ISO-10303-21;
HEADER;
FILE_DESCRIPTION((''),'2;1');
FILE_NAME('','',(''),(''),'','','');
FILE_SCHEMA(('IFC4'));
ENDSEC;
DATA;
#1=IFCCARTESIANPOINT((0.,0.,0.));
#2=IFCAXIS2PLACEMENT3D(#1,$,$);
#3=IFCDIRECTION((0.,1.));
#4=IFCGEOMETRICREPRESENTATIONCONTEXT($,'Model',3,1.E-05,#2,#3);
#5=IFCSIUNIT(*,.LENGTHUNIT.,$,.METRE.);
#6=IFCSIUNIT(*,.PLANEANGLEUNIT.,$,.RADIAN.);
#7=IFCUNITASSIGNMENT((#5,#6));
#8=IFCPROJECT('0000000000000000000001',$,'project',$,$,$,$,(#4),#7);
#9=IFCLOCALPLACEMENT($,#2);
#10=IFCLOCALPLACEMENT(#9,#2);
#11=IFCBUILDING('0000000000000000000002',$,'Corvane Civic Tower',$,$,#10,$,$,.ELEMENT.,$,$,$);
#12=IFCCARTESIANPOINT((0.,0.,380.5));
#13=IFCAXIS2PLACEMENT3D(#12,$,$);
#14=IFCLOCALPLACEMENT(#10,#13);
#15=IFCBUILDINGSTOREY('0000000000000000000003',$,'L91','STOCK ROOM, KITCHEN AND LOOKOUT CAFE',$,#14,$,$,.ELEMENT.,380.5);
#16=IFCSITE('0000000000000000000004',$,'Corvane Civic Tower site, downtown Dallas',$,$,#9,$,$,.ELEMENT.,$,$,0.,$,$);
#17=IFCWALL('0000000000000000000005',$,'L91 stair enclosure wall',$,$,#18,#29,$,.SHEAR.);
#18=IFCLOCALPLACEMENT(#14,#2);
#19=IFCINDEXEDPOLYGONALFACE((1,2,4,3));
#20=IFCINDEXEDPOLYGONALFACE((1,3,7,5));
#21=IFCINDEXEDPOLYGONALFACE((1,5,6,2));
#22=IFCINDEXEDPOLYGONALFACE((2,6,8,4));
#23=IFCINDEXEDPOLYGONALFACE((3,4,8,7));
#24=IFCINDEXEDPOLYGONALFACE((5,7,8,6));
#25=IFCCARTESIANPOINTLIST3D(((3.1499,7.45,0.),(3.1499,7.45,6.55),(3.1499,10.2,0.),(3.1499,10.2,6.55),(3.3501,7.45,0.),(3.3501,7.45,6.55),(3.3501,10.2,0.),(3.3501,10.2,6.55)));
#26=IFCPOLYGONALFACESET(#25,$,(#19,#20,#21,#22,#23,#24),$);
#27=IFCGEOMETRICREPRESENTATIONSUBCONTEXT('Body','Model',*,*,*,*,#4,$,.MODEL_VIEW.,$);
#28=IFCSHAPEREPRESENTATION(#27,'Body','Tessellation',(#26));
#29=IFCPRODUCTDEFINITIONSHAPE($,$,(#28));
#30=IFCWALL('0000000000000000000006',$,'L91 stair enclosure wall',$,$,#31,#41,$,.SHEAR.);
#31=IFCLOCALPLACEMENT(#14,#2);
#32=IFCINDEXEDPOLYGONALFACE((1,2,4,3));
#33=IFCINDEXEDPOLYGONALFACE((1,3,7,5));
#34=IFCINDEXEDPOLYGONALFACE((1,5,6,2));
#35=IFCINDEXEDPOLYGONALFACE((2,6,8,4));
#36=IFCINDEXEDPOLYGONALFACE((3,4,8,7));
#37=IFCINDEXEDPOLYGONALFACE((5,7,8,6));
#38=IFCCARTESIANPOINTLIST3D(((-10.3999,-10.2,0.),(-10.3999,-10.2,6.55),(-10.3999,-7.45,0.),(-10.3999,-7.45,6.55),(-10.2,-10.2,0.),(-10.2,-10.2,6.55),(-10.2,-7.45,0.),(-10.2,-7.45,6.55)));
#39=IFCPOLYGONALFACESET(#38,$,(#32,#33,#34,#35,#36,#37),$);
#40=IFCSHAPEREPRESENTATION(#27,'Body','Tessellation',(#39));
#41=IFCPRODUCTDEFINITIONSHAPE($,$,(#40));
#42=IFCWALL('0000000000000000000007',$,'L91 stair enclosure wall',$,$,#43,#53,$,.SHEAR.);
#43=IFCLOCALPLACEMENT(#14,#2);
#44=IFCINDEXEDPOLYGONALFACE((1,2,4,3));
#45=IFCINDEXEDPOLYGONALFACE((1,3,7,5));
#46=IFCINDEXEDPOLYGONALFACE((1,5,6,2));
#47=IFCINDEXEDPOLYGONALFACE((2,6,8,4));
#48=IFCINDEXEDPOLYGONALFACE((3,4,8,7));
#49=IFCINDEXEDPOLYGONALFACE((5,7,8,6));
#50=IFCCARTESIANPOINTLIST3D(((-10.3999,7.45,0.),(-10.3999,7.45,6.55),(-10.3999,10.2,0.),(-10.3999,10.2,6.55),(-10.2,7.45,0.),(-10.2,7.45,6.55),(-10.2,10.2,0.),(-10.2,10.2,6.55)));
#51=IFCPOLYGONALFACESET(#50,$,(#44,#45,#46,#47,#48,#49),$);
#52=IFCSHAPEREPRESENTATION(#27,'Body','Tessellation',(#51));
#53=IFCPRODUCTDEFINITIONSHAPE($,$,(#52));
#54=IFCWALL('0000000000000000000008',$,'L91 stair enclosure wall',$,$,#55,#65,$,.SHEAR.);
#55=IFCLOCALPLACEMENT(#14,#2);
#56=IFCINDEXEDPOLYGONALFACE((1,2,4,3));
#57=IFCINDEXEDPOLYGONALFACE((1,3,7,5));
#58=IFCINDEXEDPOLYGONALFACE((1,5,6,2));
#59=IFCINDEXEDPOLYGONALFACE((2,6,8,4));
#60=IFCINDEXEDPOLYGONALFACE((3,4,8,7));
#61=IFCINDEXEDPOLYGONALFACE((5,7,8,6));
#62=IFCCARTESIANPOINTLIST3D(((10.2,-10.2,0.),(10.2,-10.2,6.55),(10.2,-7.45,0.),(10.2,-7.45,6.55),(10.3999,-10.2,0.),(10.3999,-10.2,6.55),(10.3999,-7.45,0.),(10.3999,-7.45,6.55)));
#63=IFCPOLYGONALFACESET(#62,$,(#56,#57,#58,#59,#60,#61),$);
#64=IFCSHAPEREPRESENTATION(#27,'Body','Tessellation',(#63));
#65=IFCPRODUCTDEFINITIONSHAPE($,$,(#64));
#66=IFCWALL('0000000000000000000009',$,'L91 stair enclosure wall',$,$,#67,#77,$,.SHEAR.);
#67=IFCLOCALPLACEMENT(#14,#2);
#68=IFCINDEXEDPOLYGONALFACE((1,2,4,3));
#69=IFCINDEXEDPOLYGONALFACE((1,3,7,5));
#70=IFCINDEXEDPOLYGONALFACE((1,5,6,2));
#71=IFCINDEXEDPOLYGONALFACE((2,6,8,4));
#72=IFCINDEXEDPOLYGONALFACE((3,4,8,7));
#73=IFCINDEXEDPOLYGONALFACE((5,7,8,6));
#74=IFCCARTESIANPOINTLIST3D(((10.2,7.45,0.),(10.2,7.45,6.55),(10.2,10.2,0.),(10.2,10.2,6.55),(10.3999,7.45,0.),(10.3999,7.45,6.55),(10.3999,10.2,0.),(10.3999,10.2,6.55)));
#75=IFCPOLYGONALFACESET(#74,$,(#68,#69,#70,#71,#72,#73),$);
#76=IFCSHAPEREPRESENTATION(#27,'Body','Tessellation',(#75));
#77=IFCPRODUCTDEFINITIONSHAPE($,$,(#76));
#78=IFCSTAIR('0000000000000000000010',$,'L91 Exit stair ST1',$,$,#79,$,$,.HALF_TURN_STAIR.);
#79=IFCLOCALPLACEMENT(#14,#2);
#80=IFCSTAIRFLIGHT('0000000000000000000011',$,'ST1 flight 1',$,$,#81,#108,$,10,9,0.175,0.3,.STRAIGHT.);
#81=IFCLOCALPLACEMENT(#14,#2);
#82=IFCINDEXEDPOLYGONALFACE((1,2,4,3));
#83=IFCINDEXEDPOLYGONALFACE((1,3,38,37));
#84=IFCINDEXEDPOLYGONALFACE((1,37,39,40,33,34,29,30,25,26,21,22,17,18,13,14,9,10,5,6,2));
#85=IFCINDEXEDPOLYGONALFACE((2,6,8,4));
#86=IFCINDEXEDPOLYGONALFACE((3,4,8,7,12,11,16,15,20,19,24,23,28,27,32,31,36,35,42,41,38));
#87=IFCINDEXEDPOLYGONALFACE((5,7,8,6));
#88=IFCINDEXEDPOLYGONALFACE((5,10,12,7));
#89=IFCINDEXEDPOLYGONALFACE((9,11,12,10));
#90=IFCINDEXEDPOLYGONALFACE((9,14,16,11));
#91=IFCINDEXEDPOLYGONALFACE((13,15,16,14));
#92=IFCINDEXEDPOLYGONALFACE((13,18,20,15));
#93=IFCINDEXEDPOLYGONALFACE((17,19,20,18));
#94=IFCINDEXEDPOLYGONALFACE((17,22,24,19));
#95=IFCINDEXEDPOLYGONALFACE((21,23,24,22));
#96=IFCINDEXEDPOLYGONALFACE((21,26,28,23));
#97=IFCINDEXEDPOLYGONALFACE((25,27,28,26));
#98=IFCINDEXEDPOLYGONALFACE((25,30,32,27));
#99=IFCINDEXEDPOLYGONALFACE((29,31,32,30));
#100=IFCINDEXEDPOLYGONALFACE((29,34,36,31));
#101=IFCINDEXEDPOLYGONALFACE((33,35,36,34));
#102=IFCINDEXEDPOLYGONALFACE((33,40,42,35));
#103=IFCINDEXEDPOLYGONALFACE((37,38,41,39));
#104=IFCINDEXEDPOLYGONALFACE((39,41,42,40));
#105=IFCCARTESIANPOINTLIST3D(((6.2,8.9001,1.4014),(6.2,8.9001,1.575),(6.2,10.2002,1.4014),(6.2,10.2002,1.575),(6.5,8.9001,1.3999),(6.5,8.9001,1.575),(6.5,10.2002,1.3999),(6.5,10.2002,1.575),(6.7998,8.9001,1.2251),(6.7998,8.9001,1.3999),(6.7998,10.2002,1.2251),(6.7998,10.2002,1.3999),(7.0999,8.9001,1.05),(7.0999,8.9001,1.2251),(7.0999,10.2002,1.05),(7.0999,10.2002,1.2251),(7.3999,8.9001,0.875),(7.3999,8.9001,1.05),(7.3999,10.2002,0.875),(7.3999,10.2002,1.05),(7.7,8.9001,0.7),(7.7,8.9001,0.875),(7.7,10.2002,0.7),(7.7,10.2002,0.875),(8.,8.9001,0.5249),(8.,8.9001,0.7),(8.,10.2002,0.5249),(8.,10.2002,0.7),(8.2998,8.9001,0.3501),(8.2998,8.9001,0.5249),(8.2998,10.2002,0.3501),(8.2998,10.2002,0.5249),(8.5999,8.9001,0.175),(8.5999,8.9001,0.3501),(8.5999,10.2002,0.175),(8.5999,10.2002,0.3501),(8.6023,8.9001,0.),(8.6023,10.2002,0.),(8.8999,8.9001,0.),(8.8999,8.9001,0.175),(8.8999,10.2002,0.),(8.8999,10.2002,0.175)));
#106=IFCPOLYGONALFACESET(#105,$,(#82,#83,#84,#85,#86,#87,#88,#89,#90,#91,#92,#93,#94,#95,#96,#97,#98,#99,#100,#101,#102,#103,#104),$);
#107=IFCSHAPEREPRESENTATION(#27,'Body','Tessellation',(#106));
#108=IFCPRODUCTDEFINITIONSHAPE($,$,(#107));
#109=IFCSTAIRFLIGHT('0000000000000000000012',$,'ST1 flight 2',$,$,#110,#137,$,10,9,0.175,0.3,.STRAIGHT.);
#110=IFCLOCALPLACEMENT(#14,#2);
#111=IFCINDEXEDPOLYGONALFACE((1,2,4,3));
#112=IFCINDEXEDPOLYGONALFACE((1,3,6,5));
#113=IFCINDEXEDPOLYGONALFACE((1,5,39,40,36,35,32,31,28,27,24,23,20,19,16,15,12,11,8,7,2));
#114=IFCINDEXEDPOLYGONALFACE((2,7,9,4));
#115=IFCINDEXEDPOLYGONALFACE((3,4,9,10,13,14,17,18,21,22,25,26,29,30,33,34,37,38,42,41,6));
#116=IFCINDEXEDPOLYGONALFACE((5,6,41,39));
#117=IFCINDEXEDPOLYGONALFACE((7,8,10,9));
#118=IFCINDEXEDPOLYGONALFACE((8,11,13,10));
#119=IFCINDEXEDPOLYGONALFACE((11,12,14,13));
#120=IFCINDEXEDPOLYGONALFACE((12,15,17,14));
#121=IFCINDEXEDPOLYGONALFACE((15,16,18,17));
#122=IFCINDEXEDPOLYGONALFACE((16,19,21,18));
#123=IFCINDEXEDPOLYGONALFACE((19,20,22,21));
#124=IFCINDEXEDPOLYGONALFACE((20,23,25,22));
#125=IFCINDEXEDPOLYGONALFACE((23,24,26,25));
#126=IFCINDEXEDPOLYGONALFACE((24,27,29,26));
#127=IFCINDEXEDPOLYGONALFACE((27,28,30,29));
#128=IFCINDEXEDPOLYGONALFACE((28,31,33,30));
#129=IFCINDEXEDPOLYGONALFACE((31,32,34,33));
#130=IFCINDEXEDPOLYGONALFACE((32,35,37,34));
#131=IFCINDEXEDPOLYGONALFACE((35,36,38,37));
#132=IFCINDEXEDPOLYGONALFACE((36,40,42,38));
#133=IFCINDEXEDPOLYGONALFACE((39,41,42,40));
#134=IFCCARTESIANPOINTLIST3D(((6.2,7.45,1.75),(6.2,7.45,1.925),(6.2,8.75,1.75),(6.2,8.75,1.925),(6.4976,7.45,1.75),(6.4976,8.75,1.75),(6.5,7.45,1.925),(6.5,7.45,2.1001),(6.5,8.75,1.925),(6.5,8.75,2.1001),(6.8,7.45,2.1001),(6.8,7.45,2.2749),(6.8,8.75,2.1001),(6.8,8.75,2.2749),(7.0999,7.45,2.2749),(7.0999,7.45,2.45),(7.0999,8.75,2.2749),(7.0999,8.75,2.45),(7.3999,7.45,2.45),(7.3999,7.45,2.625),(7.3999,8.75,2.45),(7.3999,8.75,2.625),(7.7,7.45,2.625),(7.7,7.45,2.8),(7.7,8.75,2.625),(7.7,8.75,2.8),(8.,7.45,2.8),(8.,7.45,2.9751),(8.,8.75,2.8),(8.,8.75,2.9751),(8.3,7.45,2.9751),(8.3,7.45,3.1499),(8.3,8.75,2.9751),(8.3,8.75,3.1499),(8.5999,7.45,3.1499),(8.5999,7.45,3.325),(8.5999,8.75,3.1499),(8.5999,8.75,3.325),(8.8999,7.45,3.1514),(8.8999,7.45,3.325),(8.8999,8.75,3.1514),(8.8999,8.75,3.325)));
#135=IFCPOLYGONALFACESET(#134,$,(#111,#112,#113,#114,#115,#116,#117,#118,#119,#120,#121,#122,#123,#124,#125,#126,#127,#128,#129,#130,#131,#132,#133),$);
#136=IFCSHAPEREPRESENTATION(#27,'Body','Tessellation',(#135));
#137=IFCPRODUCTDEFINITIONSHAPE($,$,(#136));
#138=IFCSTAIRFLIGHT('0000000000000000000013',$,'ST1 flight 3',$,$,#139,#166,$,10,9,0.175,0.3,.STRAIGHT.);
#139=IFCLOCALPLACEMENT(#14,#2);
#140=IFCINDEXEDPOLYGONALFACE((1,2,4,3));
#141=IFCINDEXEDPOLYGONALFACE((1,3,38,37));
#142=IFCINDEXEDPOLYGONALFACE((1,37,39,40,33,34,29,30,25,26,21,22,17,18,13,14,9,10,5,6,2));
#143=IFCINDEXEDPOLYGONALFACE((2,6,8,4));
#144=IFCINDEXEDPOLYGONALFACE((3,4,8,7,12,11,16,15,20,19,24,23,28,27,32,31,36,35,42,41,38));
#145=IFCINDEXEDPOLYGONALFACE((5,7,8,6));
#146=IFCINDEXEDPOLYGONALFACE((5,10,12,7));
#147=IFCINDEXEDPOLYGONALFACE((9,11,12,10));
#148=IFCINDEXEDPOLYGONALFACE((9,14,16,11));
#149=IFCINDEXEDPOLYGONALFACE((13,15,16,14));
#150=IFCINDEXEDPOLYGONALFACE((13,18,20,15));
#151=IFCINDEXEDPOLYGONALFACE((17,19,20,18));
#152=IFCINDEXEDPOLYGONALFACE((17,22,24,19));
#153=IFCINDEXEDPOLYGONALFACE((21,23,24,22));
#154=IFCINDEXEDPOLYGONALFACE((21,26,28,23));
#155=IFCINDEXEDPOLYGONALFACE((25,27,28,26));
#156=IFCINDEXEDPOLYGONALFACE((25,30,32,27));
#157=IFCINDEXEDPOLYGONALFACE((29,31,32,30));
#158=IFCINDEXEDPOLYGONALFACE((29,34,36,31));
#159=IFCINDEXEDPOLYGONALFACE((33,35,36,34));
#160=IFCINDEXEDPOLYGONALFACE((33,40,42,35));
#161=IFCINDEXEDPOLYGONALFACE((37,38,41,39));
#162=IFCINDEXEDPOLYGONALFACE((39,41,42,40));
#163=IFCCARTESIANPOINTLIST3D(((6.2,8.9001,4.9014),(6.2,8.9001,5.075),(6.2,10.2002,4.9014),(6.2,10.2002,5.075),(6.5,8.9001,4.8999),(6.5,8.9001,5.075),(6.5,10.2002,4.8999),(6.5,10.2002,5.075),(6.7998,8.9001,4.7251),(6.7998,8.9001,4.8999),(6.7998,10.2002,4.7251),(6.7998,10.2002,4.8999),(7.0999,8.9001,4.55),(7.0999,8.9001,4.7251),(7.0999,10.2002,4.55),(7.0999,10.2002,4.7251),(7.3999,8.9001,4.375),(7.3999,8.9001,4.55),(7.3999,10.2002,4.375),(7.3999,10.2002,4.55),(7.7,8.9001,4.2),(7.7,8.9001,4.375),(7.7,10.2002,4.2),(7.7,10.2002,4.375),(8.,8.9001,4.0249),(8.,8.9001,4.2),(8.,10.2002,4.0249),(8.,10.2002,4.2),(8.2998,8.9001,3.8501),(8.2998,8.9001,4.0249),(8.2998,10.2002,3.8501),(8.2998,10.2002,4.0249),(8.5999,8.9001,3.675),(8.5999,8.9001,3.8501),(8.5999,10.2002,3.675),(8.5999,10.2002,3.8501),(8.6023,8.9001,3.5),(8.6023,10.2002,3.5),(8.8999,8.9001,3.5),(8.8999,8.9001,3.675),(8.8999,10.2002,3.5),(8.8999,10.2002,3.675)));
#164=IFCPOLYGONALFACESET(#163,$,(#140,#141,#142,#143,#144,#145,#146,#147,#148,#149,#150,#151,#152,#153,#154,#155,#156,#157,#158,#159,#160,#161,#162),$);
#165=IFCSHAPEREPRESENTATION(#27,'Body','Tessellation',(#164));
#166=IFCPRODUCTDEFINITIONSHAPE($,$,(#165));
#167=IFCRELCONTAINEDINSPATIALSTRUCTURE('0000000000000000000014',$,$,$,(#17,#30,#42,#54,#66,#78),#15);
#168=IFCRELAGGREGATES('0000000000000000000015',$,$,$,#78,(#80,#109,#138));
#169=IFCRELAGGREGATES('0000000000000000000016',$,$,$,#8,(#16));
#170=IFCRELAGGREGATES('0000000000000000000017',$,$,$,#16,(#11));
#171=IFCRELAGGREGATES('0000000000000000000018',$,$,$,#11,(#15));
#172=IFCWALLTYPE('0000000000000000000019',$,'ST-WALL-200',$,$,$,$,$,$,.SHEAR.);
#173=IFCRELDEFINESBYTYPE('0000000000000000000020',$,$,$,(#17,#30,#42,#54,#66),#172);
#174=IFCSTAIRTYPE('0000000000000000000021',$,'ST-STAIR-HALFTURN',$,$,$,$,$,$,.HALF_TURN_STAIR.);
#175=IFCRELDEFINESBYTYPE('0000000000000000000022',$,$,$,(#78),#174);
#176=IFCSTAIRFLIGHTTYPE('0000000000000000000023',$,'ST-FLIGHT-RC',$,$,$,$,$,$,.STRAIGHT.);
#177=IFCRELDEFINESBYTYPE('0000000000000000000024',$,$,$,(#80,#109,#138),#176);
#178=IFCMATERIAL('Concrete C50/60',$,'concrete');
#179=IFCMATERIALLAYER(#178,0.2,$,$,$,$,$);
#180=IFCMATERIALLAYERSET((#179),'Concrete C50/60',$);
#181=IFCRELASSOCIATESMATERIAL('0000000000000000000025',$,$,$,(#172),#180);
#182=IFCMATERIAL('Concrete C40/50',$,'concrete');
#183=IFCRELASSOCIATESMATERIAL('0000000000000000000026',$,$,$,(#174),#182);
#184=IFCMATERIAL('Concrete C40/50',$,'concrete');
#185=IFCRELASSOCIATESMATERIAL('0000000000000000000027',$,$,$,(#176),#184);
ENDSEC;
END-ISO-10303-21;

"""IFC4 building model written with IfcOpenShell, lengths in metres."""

from ifc_helpers import new_model, si_unit, direction, frame, origin, place, context, subcontext, project, spatial, polyline, outline, extrude, material, layer, layer_set, type_object, element, aggregate, save


model = new_model("IFC4")

# Units and contexts
model_context = context("Model", 3, precision=1e-05, world=origin(), true_north=direction((0.0, 1.0)))
body_context = subcontext(model_context, "Body", "Model", "MODEL_VIEW")
ifc_project = project(units=[si_unit("LENGTHUNIT", "METRE"), si_unit("PLANEANGLEUNIT", "RADIAN")], contexts=[model_context])

# Site, building, storey
site_placement = place(None, origin())
site = spatial("IfcSite", under=ifc_project, at=site_placement, Name="Corvane Civic Tower site, downtown Dallas", CompositionType="ELEMENT", RefElevation=0.0)
building_placement = place(site_placement, origin())
building = spatial("IfcBuilding", under=site, at=building_placement, Name="Corvane Civic Tower", CompositionType="ELEMENT")
storey_placement = place(building_placement, frame((0.0, 0.0, 380.5)))
storey = spatial("IfcBuildingStorey", under=building, at=storey_placement, Name="L91", Description="STOCK ROOM, KITCHEN AND LOOKOUT CAFE", CompositionType="ELEMENT", Elevation=380.5)

# Shared definitions
ifc_material_1 = material(Name="Concrete C50/60", Category="concrete")
ifc_layer_1 = layer(ifc_material_1, 0.2)
ifc_layer_set_1 = layer_set([ifc_layer_1], Name="Concrete C50/60")
wall_type_1 = type_object("IfcWallType", Name="ST-WALL-200", PredefinedType="SHEAR", material=ifc_layer_set_1)

# Walls
wall_1_placement = place(storey_placement, origin())
element("IfcWall", 1, at=wall_1_placement, inside=storey, type_object=wall_type_1, Name="L91 stair enclosure wall", PredefinedType="SHEAR", context=body_context, shape_type="SweptSolid", body=[
    extrude(outline(polyline([(3.3501, 7.45), (3.1499, 7.45), (3.1499, 10.2), (3.3501, 10.2), (3.3501, 7.45)])), origin(), (0.0, 0.0, 1.0), 6.55),
])
wall_2_placement = place(storey_placement, origin())
element("IfcWall", 2, at=wall_2_placement, inside=storey, type_object=wall_type_1, Name="L91 stair enclosure wall", PredefinedType="SHEAR", context=body_context, shape_type="SweptSolid", body=[
    extrude(outline(polyline([(-10.2, -7.45), (-10.2, -10.2), (-10.3999, -10.2), (-10.3999, -7.45), (-10.2, -7.45)])), origin(), (0.0, 0.0, 1.0), 6.55),
])
wall_3_placement = place(storey_placement, origin())
element("IfcWall", 3, at=wall_3_placement, inside=storey, type_object=wall_type_1, Name="L91 stair enclosure wall", PredefinedType="SHEAR", context=body_context, shape_type="SweptSolid", body=[
    extrude(outline(polyline([(-10.2, 7.45), (-10.3999, 7.45), (-10.3999, 10.2), (-10.2, 10.2), (-10.2, 7.45)])), origin(), (0.0, 0.0, 1.0), 6.55),
])
wall_4_placement = place(storey_placement, origin())
element("IfcWall", 4, at=wall_4_placement, inside=storey, type_object=wall_type_1, Name="L91 stair enclosure wall", PredefinedType="SHEAR", context=body_context, shape_type="SweptSolid", body=[
    extrude(outline(polyline([(10.3999, -7.45), (10.3999, -10.2), (10.2, -10.2), (10.2, -7.45), (10.3999, -7.45)])), origin(), (0.0, 0.0, 1.0), 6.55),
])
wall_5_placement = place(storey_placement, origin())
element("IfcWall", 5, at=wall_5_placement, inside=storey, type_object=wall_type_1, Name="L91 stair enclosure wall", PredefinedType="SHEAR", context=body_context, shape_type="SweptSolid", body=[
    extrude(outline(polyline([(10.3999, 7.45), (10.2, 7.45), (10.2, 10.2), (10.3999, 10.2), (10.3999, 7.45)])), origin(), (0.0, 0.0, 1.0), 6.55),
])

# Stair, stair flights
ifc_material_2 = material(Name="Concrete C40/50", Category="concrete")
stair_type = type_object("IfcStairType", Name="ST-STAIR-HALFTURN", PredefinedType="HALF_TURN_STAIR", material=ifc_material_2)
stair_placement = place(storey_placement, origin())
stair = element("IfcStair", 6, at=stair_placement, inside=storey, type_object=stair_type, Name="L91 Exit stair ST1", PredefinedType="HALF_TURN_STAIR")
ifc_material_3 = material(Name="Concrete C40/50", Category="concrete")
stair_flight_type = type_object("IfcStairFlightType", Name="ST-FLIGHT-RC", PredefinedType="STRAIGHT", material=ifc_material_3)
stair_flight_1_placement = place(storey_placement, frame((8.8999, 9.55, 0.0), z_axis=(0.0, 0.0, 1.0), x_axis=(-1.0, 0.0, 0.0)))
stair_flight_1 = element("IfcStairFlight", 7, at=stair_flight_1_placement, type_object=stair_flight_type, Name="ST1 flight 1", NumberOfRisers=10, NumberOfTreads=9, PredefinedType="STRAIGHT", RiserHeight=0.175, TreadLength=0.3, context=body_context, shape_type="SweptSolid", body=[
    extrude(outline(polyline([(0.0, 0.0), (0.0, 0.175), (0.3, 0.175), (0.3, 0.3501), (0.6001, 0.3501), (0.6001, 0.5249), (0.8999, 0.5249), (0.8999, 0.7), (1.2, 0.7), (1.2, 0.875), (1.5, 0.875), (1.5, 1.05), (1.8, 1.05), (1.8, 1.2251), (2.1001, 1.2251), (2.1001, 1.3999), (2.3999, 1.3999), (2.3999, 1.575), (2.7, 1.575), (2.7, 1.75), (2.7, 1.4014), (0.2976, 0.0), (0.0, 0.0)])), frame((0.0, 0.6499, 0.0), z_axis=(0.0, -1.0, 0.0), x_axis=(1.0, 0.0, 0.0)), (0.0, 0.0, 1.0), 1.3),
])
stair_flight_2_placement = place(storey_placement, frame((6.2, 8.1001, 1.75), z_axis=(0.0, 0.0, 1.0), x_axis=(1.0, 0.0, 0.0)))
stair_flight_2 = element("IfcStairFlight", 8, at=stair_flight_2_placement, type_object=stair_flight_type, Name="ST1 flight 2", NumberOfRisers=10, NumberOfTreads=9, PredefinedType="STRAIGHT", RiserHeight=0.175, TreadLength=0.3, context=body_context, shape_type="SweptSolid", body=[
    extrude(outline(polyline([(0.0, 0.0), (0.0, 0.175), (0.3, 0.175), (0.3, 0.3501), (0.6001, 0.3501), (0.6001, 0.5249), (0.8999, 0.5249), (0.8999, 0.7), (1.2, 0.7), (1.2, 0.875), (1.5, 0.875), (1.5, 1.05), (1.8, 1.05), (1.8, 1.2251), (2.1001, 1.2251), (2.1001, 1.3999), (2.3999, 1.3999), (2.3999, 1.575), (2.7, 1.575), (2.7, 1.75), (2.7, 1.4014), (0.2976, 0.0), (0.0, 0.0)])), frame((0.0, 0.6499, 0.0), z_axis=(0.0, -1.0, 0.0), x_axis=(1.0, 0.0, 0.0)), (0.0, 0.0, 1.0), 1.3),
])
stair_flight_3_placement = place(storey_placement, frame((8.8999, 9.55, 3.5), z_axis=(0.0, 0.0, 1.0), x_axis=(-1.0, 0.0, 0.0)))
stair_flight_3 = element("IfcStairFlight", 9, at=stair_flight_3_placement, type_object=stair_flight_type, Name="ST1 flight 3", NumberOfRisers=10, NumberOfTreads=9, PredefinedType="STRAIGHT", RiserHeight=0.175, TreadLength=0.3, context=body_context, shape_type="SweptSolid", body=[
    extrude(outline(polyline([(0.0, 0.0), (0.0, 0.175), (0.3, 0.175), (0.3, 0.3501), (0.6001, 0.3501), (0.6001, 0.5249), (0.8999, 0.5249), (0.8999, 0.7), (1.2, 0.7), (1.2, 0.875), (1.5, 0.875), (1.5, 1.05), (1.8, 1.05), (1.8, 1.2251), (2.1001, 1.2251), (2.1001, 1.3999), (2.3999, 1.3999), (2.3999, 1.575), (2.7, 1.575), (2.7, 1.75), (2.7, 1.4014), (0.2976, 0.0), (0.0, 0.0)])), frame((0.0, 0.6499, 0.0), z_axis=(0.0, -1.0, 0.0), x_axis=(1.0, 0.0, 0.0)), (0.0, 0.0, 1.0), 1.3),
])
aggregate(stair, [stair_flight_1, stair_flight_2, stair_flight_3])

save(model, "model.ifc")
